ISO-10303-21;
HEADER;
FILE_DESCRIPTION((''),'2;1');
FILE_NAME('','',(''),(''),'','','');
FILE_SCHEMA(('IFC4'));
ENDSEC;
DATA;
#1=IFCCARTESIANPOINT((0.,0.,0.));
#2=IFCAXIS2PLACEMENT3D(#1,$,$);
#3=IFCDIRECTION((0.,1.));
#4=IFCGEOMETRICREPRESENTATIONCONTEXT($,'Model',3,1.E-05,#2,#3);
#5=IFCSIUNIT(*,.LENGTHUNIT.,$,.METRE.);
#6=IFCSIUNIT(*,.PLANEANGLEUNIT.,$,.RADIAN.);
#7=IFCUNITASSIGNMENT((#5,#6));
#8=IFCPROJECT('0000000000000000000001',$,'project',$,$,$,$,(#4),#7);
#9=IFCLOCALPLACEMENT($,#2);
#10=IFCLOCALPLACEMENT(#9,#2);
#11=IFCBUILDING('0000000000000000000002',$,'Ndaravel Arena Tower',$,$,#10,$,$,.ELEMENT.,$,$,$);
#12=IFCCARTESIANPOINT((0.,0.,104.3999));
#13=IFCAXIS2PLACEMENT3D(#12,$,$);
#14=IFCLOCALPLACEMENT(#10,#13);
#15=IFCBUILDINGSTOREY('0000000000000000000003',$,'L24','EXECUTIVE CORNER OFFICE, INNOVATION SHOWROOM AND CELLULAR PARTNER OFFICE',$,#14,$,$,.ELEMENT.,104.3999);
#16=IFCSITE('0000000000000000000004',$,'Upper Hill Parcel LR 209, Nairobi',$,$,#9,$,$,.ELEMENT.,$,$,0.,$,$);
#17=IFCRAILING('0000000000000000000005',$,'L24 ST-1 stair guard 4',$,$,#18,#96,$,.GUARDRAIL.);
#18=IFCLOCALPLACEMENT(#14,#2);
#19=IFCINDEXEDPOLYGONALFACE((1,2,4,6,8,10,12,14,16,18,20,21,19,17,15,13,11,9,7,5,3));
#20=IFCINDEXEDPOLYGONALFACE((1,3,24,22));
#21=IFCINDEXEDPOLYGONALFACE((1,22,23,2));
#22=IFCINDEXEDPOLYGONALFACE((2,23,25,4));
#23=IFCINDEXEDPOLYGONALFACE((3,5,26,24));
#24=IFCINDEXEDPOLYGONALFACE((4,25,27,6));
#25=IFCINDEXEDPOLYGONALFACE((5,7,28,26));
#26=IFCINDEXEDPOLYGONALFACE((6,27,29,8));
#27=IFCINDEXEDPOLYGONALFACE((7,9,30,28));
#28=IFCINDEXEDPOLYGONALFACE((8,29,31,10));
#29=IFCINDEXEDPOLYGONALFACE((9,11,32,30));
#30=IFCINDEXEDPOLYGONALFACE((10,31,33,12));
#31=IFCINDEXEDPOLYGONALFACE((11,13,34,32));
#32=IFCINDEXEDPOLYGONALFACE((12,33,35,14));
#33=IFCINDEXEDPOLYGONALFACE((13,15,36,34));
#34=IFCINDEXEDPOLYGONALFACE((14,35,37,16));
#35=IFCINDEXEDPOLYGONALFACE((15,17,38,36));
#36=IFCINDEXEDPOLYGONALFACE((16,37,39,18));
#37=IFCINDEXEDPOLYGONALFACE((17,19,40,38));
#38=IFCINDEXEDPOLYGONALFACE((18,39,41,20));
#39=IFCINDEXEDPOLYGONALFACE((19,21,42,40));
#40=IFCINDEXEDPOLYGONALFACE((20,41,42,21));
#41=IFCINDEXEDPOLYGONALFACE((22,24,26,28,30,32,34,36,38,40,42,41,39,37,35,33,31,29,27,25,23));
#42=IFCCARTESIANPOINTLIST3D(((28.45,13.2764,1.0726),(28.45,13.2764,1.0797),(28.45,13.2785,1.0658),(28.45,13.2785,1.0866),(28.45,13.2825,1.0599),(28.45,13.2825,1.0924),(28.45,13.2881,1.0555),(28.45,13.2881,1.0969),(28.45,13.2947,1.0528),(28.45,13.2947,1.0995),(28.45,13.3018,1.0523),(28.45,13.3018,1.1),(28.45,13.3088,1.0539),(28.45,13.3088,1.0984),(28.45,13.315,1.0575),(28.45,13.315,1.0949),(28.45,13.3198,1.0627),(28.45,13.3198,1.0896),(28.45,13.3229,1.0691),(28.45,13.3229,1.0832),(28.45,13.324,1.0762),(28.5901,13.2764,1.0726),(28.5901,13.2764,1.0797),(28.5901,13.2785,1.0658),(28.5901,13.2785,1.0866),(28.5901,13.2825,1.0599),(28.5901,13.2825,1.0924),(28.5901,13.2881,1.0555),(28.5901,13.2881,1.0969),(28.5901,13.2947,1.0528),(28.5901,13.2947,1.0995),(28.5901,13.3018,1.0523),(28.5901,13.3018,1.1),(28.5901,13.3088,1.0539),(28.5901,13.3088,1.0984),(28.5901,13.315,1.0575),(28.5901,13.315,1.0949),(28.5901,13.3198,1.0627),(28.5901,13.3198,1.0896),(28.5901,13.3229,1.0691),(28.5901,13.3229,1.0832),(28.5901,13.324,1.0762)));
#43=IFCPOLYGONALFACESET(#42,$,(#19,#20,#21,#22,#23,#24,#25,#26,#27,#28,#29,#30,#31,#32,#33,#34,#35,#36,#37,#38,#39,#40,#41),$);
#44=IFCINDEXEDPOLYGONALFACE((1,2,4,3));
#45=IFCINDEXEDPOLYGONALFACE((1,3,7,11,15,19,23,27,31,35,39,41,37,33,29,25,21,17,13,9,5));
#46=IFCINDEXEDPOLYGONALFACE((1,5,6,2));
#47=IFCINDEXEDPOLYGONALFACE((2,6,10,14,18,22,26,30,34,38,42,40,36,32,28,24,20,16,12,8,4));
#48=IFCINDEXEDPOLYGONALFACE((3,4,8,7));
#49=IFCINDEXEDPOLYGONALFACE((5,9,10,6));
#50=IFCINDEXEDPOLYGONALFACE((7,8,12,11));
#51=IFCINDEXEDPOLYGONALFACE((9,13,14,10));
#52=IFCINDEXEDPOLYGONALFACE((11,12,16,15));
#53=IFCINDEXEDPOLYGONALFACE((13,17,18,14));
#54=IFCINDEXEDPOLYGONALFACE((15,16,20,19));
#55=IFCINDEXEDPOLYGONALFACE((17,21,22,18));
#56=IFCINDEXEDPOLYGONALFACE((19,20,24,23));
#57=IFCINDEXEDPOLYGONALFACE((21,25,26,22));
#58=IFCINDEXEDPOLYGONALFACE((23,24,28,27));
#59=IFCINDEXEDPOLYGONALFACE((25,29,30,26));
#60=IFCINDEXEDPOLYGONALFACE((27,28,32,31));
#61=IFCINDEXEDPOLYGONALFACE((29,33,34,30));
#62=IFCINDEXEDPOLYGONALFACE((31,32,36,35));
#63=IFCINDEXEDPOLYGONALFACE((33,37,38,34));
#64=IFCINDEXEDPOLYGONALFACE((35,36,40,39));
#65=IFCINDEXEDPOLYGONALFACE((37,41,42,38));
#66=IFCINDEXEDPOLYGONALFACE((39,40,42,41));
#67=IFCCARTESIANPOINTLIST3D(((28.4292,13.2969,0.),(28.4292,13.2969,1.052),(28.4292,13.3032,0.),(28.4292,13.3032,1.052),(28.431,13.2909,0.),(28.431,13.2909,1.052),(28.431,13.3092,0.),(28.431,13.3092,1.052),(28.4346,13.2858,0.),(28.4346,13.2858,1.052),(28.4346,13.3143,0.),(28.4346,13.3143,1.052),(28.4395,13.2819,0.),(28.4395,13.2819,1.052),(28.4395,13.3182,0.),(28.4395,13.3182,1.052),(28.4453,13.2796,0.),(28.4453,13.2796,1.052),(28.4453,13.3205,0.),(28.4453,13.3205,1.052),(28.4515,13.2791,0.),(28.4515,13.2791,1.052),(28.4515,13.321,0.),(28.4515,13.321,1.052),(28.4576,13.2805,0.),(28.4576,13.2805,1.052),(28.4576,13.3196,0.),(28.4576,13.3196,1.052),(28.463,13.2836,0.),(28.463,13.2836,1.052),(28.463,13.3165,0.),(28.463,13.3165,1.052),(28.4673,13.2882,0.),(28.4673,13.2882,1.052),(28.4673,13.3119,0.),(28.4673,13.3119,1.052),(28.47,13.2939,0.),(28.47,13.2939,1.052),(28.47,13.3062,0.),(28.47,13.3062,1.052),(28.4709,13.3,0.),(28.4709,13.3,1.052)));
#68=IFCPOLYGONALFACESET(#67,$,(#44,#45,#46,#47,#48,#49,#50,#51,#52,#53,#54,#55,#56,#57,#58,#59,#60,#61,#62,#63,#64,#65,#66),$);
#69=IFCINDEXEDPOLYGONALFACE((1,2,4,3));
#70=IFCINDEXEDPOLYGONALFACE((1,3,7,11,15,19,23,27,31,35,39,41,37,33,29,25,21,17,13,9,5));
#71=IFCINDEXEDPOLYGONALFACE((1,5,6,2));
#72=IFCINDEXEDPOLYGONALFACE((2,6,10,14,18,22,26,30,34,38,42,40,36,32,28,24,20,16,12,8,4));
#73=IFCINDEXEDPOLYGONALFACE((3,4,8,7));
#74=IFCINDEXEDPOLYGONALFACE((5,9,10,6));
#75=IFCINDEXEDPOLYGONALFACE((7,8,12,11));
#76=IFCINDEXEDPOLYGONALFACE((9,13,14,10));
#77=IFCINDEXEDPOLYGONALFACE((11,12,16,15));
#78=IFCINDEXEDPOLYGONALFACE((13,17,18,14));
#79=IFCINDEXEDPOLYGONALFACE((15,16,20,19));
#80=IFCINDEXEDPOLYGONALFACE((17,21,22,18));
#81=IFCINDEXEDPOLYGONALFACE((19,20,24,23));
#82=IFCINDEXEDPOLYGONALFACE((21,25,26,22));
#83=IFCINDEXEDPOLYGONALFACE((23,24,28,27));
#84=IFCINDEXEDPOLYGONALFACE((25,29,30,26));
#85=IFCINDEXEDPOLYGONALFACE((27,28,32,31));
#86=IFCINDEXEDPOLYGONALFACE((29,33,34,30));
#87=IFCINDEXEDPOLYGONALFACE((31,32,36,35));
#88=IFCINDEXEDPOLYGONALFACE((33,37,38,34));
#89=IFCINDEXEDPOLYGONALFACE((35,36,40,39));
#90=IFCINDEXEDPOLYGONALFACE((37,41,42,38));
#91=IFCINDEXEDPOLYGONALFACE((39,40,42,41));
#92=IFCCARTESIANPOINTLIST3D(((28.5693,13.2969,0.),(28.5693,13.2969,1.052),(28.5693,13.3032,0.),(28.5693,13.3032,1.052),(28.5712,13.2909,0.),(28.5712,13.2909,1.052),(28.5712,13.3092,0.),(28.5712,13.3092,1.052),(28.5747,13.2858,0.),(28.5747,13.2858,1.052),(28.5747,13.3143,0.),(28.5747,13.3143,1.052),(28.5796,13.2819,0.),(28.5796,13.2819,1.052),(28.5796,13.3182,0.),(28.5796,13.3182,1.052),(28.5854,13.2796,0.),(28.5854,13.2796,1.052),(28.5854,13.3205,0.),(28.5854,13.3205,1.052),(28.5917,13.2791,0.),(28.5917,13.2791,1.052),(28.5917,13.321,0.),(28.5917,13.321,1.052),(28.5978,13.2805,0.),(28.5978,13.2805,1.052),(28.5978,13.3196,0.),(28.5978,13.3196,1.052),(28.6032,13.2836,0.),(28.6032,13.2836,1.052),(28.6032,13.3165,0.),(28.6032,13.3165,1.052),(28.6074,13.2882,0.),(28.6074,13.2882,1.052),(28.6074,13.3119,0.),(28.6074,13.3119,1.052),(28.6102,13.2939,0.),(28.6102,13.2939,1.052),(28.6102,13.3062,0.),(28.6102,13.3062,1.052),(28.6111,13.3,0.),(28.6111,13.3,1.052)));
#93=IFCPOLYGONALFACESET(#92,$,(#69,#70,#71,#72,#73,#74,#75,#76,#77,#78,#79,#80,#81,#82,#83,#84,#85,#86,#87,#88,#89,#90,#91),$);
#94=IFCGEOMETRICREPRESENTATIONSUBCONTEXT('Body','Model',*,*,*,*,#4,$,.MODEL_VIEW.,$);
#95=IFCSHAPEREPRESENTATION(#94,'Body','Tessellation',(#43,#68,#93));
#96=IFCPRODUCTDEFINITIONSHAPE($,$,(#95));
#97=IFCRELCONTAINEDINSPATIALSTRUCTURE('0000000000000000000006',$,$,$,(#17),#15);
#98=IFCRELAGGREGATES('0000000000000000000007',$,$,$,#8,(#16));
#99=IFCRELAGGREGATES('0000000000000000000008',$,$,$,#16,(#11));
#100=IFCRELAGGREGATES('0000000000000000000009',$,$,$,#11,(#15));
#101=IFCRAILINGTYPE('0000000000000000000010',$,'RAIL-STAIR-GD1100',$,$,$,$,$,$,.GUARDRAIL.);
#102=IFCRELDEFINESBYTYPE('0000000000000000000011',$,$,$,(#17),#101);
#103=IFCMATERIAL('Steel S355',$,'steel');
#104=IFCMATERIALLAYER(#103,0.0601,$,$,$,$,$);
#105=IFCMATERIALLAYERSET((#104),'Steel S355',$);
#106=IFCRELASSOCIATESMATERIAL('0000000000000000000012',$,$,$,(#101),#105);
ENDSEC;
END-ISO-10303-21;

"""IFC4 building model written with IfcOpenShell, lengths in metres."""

from ifc_helpers import new_model, si_unit, direction, frame, origin, origin_2d, place, context, subcontext, project, spatial, circle, extrude, material, layer, layer_set, type_object, element, save


model = new_model("IFC4")

# Units and contexts
model_context = context("Model", 3, precision=1e-05, world=origin(), true_north=direction((0.0, 1.0)))
body_context = subcontext(model_context, "Body", "Model", "MODEL_VIEW")
ifc_project = project(units=[si_unit("LENGTHUNIT", "METRE"), si_unit("PLANEANGLEUNIT", "RADIAN")], contexts=[model_context])

# Site, building, storey
site_placement = place(None, origin())
site = spatial("IfcSite", under=ifc_project, at=site_placement, Name="Upper Hill Parcel LR 209, Nairobi", CompositionType="ELEMENT", RefElevation=0.0)
building_placement = place(site_placement, origin())
building = spatial("IfcBuilding", under=site, at=building_placement, Name="Ndaravel Arena Tower", CompositionType="ELEMENT")
storey_placement = place(building_placement, frame((0.0, 0.0, 104.3999)))
storey = spatial("IfcBuildingStorey", under=building, at=storey_placement, Name="L24", Description="EXECUTIVE CORNER OFFICE, INNOVATION SHOWROOM AND CELLULAR PARTNER OFFICE", CompositionType="ELEMENT", Elevation=104.3999)

# Railing
ifc_material_1 = material(Name="Steel S355", Category="steel")
ifc_layer_1 = layer(ifc_material_1, 0.0601)
ifc_layer_set_1 = layer_set([ifc_layer_1], Name="Steel S355")
railing_type_1 = type_object("IfcRailingType", Name="RAIL-STAIR-GD1100", PredefinedType="GUARDRAIL", material=ifc_layer_set_1)
railing_1_placement = place(storey_placement, frame((28.45, 13.3, 0.0)))
element("IfcRailing", 1, at=railing_1_placement, inside=storey, type_object=railing_type_1, Name="L24 ST-1 stair guard 4", PredefinedType="GUARDRAIL", context=body_context, shape_type="SweptSolid", body=[
    extrude(circle(Radius=0.0239, at=origin_2d()), frame((0.0, 0.0, 1.0762), z_axis=(1.0, 0.0, 0.0), x_axis=(0.0, 1.0, 0.0)), (0.0, 0.0, 1.0), 0.1401),
    extrude(circle(Radius=0.021, at=origin_2d()), origin(), (0.0, 0.0, 1.0), 1.052),
    extrude(circle(Radius=0.021, at=origin_2d()), frame((0.1401, 0.0, 0.0)), (0.0, 0.0, 1.0), 1.052),
])

save(model, "model.ifc")
